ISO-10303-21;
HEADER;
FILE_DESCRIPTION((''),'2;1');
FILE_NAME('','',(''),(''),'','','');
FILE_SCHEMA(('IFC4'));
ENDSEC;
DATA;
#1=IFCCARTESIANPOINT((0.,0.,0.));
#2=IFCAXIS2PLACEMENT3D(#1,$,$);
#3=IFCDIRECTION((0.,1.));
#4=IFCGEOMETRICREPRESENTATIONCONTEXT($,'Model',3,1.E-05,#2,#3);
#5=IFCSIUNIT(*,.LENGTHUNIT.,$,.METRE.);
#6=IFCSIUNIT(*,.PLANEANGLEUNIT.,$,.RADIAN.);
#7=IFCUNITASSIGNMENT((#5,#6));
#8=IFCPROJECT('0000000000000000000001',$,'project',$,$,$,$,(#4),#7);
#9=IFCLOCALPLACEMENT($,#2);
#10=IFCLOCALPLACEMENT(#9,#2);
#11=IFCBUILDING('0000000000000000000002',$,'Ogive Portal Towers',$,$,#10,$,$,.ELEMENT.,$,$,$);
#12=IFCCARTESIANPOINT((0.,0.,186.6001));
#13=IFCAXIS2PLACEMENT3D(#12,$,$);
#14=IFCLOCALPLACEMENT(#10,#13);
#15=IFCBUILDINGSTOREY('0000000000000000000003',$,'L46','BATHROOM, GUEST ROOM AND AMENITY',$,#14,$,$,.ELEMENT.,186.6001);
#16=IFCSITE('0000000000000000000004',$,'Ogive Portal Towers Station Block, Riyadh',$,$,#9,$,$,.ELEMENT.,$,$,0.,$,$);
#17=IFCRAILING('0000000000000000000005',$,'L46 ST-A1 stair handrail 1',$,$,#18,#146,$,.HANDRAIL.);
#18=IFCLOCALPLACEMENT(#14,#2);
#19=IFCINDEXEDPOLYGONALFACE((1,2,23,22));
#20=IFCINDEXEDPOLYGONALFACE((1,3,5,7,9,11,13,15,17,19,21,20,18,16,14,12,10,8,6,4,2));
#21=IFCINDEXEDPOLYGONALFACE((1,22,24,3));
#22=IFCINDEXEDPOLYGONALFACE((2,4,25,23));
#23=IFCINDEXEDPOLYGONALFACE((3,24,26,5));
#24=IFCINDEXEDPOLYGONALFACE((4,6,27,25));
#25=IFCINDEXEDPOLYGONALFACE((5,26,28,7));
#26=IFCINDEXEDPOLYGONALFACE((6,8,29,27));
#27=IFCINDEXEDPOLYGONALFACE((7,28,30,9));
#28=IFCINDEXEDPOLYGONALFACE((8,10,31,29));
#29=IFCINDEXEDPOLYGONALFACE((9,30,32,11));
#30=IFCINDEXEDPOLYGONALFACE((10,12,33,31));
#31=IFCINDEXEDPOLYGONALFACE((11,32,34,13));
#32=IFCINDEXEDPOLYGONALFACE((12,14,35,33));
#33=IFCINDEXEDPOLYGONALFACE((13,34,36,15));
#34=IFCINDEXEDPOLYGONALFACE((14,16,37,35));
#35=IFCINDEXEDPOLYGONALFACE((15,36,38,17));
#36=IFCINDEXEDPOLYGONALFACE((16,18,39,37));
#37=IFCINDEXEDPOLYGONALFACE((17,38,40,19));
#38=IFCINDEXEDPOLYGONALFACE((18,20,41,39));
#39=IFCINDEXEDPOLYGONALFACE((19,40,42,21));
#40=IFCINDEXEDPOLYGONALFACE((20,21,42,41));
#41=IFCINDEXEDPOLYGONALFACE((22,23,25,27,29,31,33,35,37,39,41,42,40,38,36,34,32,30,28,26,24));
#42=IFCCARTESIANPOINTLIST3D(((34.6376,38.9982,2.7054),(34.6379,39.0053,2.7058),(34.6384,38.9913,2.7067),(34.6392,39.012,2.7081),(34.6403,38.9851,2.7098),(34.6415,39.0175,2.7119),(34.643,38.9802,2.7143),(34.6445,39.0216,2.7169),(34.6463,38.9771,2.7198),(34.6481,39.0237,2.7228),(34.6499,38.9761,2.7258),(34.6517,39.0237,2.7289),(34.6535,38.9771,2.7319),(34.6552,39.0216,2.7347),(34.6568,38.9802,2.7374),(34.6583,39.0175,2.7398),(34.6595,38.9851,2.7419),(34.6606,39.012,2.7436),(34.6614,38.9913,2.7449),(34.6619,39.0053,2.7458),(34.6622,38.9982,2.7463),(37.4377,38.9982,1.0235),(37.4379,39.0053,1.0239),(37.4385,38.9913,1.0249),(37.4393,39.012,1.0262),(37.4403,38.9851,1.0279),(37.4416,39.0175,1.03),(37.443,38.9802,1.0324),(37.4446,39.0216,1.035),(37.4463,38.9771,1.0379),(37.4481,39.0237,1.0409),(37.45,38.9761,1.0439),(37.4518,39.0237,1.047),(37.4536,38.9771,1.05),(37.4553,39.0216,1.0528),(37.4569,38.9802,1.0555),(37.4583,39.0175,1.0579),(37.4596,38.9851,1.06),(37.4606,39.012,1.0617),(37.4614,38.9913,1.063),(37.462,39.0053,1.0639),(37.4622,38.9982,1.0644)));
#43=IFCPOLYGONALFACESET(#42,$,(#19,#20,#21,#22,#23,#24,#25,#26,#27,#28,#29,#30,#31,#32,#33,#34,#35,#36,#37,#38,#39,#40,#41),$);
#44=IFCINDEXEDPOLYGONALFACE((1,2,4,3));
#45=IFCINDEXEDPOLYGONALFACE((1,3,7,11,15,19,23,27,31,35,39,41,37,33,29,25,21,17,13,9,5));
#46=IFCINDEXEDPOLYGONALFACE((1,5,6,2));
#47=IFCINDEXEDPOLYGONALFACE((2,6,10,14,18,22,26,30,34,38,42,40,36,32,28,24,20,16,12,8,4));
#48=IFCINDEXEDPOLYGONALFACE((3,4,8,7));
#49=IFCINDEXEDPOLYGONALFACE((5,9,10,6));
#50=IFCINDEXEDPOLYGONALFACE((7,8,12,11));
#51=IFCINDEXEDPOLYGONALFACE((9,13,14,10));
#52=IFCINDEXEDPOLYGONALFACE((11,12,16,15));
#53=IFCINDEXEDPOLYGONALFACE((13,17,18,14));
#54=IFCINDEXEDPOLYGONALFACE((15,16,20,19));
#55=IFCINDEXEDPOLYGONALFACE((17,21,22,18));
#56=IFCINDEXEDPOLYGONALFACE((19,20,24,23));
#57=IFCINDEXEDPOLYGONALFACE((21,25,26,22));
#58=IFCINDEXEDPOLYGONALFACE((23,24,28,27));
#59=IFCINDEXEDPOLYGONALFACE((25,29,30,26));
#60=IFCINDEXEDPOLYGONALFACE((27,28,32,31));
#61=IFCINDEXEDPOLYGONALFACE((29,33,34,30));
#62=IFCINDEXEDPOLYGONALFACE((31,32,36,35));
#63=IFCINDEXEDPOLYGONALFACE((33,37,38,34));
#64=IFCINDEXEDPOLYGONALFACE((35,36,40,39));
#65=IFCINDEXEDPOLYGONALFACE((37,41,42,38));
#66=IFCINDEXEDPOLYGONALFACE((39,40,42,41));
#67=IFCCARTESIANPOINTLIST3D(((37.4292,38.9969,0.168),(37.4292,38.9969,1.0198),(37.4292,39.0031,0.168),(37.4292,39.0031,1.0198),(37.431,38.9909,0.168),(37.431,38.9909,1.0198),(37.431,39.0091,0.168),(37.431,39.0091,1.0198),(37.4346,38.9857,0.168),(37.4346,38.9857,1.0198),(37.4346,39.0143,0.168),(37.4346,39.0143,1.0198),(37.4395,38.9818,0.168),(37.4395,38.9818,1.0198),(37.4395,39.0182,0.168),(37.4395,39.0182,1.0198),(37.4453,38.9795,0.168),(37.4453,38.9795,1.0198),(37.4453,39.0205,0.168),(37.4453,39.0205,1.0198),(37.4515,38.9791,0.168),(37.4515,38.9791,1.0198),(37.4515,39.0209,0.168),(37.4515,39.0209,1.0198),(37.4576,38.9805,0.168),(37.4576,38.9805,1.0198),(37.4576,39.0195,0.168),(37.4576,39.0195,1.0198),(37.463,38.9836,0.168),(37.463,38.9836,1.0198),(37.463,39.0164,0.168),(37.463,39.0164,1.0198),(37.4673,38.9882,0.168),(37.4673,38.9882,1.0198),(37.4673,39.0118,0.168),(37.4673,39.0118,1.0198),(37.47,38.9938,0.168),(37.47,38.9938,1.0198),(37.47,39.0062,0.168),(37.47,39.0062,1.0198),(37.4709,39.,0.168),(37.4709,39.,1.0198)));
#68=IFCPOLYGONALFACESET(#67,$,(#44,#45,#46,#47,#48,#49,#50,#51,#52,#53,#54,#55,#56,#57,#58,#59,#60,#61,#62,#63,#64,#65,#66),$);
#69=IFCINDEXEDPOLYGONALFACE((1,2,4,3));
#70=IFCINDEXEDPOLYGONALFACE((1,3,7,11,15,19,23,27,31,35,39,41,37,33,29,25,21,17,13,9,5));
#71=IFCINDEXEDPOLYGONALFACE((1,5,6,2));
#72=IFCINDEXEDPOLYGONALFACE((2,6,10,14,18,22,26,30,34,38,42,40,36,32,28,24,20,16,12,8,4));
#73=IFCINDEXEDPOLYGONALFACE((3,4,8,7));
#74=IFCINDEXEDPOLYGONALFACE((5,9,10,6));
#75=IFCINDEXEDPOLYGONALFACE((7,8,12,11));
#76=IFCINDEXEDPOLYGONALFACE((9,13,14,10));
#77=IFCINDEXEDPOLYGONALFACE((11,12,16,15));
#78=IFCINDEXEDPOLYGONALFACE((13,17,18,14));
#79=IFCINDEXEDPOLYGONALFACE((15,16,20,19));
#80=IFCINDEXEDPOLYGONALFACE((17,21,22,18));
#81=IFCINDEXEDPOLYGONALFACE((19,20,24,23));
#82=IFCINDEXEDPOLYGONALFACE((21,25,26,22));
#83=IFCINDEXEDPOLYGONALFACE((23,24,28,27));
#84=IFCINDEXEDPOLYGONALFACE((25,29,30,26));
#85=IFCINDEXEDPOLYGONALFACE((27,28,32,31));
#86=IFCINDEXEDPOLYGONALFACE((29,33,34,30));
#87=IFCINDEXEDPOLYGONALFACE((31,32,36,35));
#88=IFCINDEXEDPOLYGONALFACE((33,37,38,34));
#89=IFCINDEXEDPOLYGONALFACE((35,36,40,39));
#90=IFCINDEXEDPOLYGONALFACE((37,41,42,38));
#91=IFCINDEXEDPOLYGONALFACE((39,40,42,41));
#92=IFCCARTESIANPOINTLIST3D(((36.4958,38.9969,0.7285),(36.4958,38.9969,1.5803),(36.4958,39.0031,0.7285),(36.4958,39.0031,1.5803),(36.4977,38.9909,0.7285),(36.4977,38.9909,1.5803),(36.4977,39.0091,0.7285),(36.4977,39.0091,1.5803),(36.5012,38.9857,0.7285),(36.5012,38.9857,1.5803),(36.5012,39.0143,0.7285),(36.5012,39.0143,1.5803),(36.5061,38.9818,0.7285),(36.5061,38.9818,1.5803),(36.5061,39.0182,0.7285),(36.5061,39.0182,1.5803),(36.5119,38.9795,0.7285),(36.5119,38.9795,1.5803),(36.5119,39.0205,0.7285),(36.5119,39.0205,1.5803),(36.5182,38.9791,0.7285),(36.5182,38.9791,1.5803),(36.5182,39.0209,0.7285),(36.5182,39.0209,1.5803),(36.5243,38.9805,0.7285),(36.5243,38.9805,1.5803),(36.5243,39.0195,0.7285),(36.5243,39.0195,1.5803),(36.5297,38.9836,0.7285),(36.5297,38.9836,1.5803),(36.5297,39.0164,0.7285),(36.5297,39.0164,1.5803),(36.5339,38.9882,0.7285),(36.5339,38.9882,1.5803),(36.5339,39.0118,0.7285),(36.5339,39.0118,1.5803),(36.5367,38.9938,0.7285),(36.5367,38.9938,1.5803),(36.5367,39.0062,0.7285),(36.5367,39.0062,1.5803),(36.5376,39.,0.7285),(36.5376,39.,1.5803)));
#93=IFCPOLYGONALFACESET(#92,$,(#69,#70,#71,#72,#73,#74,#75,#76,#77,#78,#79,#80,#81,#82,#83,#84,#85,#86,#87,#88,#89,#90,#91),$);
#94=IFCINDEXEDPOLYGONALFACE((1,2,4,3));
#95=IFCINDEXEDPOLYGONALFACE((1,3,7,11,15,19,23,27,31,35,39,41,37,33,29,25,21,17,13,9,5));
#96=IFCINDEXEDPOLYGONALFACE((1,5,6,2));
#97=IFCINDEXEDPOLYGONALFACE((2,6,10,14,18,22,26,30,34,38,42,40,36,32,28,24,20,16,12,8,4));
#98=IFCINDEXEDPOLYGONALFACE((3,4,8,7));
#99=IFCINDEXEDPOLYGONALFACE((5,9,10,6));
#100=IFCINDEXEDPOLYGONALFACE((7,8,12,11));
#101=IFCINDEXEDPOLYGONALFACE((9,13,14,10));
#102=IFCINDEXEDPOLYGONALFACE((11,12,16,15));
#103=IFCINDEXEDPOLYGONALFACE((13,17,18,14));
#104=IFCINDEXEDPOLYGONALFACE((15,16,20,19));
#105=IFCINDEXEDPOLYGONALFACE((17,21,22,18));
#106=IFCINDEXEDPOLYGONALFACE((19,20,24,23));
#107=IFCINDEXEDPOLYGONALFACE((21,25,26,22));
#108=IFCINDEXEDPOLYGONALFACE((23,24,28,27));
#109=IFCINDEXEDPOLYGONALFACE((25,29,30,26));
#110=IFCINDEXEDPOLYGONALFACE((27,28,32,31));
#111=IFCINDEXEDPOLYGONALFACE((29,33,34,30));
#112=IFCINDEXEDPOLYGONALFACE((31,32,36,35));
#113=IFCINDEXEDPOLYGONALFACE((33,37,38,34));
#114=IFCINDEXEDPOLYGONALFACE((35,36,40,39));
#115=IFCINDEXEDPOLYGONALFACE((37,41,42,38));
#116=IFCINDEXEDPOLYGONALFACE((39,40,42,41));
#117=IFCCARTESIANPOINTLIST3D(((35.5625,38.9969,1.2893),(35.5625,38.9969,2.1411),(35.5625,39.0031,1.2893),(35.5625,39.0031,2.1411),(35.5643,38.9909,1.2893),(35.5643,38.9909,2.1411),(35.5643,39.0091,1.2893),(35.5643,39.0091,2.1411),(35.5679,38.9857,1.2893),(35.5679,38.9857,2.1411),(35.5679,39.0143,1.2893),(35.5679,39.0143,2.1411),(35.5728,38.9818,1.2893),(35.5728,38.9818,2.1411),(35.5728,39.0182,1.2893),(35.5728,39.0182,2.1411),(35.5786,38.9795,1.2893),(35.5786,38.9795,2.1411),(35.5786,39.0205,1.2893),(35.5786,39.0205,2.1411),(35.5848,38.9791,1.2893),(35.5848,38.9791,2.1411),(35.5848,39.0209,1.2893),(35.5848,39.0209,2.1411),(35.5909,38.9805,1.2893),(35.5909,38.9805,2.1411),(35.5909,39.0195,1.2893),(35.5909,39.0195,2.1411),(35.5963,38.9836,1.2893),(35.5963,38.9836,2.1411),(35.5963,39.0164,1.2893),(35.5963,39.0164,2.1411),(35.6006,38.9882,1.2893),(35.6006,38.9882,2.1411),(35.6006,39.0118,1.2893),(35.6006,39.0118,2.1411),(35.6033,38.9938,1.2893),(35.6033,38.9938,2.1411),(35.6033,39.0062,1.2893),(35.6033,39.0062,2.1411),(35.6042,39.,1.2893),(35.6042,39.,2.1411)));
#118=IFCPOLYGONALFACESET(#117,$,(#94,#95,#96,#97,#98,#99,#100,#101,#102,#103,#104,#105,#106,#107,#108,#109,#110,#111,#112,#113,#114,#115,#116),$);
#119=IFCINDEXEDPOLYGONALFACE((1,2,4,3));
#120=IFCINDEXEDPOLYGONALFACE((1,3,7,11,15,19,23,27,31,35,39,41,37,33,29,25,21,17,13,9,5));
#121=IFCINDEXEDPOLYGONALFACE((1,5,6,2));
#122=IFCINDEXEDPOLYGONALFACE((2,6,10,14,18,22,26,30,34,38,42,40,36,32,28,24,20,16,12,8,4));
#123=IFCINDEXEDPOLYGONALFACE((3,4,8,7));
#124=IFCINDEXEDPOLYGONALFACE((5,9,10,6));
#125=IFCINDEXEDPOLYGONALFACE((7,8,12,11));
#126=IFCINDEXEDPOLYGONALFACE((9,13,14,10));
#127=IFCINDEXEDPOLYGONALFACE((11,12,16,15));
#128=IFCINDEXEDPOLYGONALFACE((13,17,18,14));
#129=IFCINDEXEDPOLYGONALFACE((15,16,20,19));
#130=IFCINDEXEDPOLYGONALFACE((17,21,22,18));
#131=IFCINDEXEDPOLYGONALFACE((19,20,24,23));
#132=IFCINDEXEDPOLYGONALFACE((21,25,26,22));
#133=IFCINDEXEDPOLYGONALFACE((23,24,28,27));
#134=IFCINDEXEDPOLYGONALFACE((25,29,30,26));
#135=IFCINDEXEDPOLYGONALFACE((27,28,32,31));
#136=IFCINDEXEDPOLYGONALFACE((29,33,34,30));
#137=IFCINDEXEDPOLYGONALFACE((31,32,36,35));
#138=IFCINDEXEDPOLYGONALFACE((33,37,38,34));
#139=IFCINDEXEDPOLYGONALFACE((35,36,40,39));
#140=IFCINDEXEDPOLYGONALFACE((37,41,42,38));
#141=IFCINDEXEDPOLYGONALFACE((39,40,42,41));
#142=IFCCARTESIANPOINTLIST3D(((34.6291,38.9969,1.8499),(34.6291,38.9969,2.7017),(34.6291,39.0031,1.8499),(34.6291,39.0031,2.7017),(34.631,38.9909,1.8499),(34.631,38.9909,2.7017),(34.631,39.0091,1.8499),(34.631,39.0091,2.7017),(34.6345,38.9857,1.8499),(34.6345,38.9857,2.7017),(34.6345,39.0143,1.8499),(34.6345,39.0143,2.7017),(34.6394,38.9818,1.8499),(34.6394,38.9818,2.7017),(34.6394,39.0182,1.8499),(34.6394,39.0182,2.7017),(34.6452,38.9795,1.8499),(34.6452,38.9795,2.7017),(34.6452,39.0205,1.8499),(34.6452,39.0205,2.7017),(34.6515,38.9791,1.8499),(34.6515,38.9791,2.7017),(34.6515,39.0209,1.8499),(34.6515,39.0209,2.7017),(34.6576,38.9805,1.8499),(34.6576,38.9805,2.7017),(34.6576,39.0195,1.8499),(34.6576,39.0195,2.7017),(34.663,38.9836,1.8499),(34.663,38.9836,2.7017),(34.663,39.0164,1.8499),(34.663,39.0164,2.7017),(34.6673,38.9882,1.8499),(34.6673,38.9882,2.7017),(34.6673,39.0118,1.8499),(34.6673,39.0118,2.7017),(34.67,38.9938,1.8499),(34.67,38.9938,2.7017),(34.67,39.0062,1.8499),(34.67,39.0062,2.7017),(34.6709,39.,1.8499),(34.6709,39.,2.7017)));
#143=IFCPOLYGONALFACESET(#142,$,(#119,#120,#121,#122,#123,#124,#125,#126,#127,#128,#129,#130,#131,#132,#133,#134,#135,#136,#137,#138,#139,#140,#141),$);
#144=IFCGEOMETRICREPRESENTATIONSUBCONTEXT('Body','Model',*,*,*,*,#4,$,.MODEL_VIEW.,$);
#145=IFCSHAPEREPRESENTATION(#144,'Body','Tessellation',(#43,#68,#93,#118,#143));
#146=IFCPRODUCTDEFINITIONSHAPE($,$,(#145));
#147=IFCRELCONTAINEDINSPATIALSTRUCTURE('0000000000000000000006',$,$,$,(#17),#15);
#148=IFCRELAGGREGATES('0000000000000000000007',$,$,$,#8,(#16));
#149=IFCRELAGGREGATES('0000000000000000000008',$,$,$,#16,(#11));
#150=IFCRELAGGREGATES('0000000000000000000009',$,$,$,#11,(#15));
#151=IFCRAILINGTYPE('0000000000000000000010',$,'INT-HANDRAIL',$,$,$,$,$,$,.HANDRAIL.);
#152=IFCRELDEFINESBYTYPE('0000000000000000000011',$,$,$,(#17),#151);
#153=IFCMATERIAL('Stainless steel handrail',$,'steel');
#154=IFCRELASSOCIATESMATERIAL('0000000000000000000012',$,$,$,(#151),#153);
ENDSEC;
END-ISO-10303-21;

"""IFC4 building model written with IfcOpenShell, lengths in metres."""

from ifc_helpers import new_model, si_unit, direction, frame, origin, origin_2d, place, context, subcontext, project, spatial, circle, extrude, material, type_object, element, save


model = new_model("IFC4")

# Units and contexts
model_context = context("Model", 3, precision=1e-05, world=origin(), true_north=direction((0.0, 1.0)))
body_context = subcontext(model_context, "Body", "Model", "MODEL_VIEW")
ifc_project = project(units=[si_unit("LENGTHUNIT", "METRE"), si_unit("PLANEANGLEUNIT", "RADIAN")], contexts=[model_context])

# Site, building, storey
site_placement = place(None, origin())
site = spatial("IfcSite", under=ifc_project, at=site_placement, Name="Ogive Portal Towers Station Block, Riyadh", CompositionType="ELEMENT", RefElevation=0.0)
building_placement = place(site_placement, origin())
building = spatial("IfcBuilding", under=site, at=building_placement, Name="Ogive Portal Towers", CompositionType="ELEMENT")
storey_placement = place(building_placement, frame((0.0, 0.0, 186.6001)))
storey = spatial("IfcBuildingStorey", under=building, at=storey_placement, Name="L46", Description="BATHROOM, GUEST ROOM AND AMENITY", CompositionType="ELEMENT", Elevation=186.6001)

# Railing
ifc_material_1 = material(Name="Stainless steel handrail", Category="steel")
railing_type_1 = type_object("IfcRailingType", Name="INT-HANDRAIL", PredefinedType="HANDRAIL", material=ifc_material_1)
railing_1_placement = place(storey_placement, frame((37.45, 39.0, 0.168)))
element("IfcRailing", 1, at=railing_1_placement, inside=storey, type_object=railing_type_1, Name="L46 ST-A1 stair handrail 1", PredefinedType="HANDRAIL", context=body_context, shape_type="SweptSolid", body=[
    extrude(circle(Radius=0.0239, at=origin_2d()), frame((0.0, 0.0, 0.876), z_axis=(-0.857242, 0.0, 0.514913), x_axis=(0.0, -1.0, 0.0)), (0.0, 0.0, 1.0), 3.2664),
    extrude(circle(Radius=0.021, at=origin_2d()), origin(), (0.0, 0.0, 1.0), 0.8518),
    extrude(circle(Radius=0.021, at=origin_2d()), frame((-0.9333, 0.0, 0.5605)), (0.0, 0.0, 1.0), 0.8518),
    extrude(circle(Radius=0.021, at=origin_2d()), frame((-1.8667, 0.0, 1.1213)), (0.0, 0.0, 1.0), 0.8518),
    extrude(circle(Radius=0.021, at=origin_2d()), frame((-2.8, 0.0, 1.6819)), (0.0, 0.0, 1.0), 0.8518),
])

save(model, "model.ifc")
